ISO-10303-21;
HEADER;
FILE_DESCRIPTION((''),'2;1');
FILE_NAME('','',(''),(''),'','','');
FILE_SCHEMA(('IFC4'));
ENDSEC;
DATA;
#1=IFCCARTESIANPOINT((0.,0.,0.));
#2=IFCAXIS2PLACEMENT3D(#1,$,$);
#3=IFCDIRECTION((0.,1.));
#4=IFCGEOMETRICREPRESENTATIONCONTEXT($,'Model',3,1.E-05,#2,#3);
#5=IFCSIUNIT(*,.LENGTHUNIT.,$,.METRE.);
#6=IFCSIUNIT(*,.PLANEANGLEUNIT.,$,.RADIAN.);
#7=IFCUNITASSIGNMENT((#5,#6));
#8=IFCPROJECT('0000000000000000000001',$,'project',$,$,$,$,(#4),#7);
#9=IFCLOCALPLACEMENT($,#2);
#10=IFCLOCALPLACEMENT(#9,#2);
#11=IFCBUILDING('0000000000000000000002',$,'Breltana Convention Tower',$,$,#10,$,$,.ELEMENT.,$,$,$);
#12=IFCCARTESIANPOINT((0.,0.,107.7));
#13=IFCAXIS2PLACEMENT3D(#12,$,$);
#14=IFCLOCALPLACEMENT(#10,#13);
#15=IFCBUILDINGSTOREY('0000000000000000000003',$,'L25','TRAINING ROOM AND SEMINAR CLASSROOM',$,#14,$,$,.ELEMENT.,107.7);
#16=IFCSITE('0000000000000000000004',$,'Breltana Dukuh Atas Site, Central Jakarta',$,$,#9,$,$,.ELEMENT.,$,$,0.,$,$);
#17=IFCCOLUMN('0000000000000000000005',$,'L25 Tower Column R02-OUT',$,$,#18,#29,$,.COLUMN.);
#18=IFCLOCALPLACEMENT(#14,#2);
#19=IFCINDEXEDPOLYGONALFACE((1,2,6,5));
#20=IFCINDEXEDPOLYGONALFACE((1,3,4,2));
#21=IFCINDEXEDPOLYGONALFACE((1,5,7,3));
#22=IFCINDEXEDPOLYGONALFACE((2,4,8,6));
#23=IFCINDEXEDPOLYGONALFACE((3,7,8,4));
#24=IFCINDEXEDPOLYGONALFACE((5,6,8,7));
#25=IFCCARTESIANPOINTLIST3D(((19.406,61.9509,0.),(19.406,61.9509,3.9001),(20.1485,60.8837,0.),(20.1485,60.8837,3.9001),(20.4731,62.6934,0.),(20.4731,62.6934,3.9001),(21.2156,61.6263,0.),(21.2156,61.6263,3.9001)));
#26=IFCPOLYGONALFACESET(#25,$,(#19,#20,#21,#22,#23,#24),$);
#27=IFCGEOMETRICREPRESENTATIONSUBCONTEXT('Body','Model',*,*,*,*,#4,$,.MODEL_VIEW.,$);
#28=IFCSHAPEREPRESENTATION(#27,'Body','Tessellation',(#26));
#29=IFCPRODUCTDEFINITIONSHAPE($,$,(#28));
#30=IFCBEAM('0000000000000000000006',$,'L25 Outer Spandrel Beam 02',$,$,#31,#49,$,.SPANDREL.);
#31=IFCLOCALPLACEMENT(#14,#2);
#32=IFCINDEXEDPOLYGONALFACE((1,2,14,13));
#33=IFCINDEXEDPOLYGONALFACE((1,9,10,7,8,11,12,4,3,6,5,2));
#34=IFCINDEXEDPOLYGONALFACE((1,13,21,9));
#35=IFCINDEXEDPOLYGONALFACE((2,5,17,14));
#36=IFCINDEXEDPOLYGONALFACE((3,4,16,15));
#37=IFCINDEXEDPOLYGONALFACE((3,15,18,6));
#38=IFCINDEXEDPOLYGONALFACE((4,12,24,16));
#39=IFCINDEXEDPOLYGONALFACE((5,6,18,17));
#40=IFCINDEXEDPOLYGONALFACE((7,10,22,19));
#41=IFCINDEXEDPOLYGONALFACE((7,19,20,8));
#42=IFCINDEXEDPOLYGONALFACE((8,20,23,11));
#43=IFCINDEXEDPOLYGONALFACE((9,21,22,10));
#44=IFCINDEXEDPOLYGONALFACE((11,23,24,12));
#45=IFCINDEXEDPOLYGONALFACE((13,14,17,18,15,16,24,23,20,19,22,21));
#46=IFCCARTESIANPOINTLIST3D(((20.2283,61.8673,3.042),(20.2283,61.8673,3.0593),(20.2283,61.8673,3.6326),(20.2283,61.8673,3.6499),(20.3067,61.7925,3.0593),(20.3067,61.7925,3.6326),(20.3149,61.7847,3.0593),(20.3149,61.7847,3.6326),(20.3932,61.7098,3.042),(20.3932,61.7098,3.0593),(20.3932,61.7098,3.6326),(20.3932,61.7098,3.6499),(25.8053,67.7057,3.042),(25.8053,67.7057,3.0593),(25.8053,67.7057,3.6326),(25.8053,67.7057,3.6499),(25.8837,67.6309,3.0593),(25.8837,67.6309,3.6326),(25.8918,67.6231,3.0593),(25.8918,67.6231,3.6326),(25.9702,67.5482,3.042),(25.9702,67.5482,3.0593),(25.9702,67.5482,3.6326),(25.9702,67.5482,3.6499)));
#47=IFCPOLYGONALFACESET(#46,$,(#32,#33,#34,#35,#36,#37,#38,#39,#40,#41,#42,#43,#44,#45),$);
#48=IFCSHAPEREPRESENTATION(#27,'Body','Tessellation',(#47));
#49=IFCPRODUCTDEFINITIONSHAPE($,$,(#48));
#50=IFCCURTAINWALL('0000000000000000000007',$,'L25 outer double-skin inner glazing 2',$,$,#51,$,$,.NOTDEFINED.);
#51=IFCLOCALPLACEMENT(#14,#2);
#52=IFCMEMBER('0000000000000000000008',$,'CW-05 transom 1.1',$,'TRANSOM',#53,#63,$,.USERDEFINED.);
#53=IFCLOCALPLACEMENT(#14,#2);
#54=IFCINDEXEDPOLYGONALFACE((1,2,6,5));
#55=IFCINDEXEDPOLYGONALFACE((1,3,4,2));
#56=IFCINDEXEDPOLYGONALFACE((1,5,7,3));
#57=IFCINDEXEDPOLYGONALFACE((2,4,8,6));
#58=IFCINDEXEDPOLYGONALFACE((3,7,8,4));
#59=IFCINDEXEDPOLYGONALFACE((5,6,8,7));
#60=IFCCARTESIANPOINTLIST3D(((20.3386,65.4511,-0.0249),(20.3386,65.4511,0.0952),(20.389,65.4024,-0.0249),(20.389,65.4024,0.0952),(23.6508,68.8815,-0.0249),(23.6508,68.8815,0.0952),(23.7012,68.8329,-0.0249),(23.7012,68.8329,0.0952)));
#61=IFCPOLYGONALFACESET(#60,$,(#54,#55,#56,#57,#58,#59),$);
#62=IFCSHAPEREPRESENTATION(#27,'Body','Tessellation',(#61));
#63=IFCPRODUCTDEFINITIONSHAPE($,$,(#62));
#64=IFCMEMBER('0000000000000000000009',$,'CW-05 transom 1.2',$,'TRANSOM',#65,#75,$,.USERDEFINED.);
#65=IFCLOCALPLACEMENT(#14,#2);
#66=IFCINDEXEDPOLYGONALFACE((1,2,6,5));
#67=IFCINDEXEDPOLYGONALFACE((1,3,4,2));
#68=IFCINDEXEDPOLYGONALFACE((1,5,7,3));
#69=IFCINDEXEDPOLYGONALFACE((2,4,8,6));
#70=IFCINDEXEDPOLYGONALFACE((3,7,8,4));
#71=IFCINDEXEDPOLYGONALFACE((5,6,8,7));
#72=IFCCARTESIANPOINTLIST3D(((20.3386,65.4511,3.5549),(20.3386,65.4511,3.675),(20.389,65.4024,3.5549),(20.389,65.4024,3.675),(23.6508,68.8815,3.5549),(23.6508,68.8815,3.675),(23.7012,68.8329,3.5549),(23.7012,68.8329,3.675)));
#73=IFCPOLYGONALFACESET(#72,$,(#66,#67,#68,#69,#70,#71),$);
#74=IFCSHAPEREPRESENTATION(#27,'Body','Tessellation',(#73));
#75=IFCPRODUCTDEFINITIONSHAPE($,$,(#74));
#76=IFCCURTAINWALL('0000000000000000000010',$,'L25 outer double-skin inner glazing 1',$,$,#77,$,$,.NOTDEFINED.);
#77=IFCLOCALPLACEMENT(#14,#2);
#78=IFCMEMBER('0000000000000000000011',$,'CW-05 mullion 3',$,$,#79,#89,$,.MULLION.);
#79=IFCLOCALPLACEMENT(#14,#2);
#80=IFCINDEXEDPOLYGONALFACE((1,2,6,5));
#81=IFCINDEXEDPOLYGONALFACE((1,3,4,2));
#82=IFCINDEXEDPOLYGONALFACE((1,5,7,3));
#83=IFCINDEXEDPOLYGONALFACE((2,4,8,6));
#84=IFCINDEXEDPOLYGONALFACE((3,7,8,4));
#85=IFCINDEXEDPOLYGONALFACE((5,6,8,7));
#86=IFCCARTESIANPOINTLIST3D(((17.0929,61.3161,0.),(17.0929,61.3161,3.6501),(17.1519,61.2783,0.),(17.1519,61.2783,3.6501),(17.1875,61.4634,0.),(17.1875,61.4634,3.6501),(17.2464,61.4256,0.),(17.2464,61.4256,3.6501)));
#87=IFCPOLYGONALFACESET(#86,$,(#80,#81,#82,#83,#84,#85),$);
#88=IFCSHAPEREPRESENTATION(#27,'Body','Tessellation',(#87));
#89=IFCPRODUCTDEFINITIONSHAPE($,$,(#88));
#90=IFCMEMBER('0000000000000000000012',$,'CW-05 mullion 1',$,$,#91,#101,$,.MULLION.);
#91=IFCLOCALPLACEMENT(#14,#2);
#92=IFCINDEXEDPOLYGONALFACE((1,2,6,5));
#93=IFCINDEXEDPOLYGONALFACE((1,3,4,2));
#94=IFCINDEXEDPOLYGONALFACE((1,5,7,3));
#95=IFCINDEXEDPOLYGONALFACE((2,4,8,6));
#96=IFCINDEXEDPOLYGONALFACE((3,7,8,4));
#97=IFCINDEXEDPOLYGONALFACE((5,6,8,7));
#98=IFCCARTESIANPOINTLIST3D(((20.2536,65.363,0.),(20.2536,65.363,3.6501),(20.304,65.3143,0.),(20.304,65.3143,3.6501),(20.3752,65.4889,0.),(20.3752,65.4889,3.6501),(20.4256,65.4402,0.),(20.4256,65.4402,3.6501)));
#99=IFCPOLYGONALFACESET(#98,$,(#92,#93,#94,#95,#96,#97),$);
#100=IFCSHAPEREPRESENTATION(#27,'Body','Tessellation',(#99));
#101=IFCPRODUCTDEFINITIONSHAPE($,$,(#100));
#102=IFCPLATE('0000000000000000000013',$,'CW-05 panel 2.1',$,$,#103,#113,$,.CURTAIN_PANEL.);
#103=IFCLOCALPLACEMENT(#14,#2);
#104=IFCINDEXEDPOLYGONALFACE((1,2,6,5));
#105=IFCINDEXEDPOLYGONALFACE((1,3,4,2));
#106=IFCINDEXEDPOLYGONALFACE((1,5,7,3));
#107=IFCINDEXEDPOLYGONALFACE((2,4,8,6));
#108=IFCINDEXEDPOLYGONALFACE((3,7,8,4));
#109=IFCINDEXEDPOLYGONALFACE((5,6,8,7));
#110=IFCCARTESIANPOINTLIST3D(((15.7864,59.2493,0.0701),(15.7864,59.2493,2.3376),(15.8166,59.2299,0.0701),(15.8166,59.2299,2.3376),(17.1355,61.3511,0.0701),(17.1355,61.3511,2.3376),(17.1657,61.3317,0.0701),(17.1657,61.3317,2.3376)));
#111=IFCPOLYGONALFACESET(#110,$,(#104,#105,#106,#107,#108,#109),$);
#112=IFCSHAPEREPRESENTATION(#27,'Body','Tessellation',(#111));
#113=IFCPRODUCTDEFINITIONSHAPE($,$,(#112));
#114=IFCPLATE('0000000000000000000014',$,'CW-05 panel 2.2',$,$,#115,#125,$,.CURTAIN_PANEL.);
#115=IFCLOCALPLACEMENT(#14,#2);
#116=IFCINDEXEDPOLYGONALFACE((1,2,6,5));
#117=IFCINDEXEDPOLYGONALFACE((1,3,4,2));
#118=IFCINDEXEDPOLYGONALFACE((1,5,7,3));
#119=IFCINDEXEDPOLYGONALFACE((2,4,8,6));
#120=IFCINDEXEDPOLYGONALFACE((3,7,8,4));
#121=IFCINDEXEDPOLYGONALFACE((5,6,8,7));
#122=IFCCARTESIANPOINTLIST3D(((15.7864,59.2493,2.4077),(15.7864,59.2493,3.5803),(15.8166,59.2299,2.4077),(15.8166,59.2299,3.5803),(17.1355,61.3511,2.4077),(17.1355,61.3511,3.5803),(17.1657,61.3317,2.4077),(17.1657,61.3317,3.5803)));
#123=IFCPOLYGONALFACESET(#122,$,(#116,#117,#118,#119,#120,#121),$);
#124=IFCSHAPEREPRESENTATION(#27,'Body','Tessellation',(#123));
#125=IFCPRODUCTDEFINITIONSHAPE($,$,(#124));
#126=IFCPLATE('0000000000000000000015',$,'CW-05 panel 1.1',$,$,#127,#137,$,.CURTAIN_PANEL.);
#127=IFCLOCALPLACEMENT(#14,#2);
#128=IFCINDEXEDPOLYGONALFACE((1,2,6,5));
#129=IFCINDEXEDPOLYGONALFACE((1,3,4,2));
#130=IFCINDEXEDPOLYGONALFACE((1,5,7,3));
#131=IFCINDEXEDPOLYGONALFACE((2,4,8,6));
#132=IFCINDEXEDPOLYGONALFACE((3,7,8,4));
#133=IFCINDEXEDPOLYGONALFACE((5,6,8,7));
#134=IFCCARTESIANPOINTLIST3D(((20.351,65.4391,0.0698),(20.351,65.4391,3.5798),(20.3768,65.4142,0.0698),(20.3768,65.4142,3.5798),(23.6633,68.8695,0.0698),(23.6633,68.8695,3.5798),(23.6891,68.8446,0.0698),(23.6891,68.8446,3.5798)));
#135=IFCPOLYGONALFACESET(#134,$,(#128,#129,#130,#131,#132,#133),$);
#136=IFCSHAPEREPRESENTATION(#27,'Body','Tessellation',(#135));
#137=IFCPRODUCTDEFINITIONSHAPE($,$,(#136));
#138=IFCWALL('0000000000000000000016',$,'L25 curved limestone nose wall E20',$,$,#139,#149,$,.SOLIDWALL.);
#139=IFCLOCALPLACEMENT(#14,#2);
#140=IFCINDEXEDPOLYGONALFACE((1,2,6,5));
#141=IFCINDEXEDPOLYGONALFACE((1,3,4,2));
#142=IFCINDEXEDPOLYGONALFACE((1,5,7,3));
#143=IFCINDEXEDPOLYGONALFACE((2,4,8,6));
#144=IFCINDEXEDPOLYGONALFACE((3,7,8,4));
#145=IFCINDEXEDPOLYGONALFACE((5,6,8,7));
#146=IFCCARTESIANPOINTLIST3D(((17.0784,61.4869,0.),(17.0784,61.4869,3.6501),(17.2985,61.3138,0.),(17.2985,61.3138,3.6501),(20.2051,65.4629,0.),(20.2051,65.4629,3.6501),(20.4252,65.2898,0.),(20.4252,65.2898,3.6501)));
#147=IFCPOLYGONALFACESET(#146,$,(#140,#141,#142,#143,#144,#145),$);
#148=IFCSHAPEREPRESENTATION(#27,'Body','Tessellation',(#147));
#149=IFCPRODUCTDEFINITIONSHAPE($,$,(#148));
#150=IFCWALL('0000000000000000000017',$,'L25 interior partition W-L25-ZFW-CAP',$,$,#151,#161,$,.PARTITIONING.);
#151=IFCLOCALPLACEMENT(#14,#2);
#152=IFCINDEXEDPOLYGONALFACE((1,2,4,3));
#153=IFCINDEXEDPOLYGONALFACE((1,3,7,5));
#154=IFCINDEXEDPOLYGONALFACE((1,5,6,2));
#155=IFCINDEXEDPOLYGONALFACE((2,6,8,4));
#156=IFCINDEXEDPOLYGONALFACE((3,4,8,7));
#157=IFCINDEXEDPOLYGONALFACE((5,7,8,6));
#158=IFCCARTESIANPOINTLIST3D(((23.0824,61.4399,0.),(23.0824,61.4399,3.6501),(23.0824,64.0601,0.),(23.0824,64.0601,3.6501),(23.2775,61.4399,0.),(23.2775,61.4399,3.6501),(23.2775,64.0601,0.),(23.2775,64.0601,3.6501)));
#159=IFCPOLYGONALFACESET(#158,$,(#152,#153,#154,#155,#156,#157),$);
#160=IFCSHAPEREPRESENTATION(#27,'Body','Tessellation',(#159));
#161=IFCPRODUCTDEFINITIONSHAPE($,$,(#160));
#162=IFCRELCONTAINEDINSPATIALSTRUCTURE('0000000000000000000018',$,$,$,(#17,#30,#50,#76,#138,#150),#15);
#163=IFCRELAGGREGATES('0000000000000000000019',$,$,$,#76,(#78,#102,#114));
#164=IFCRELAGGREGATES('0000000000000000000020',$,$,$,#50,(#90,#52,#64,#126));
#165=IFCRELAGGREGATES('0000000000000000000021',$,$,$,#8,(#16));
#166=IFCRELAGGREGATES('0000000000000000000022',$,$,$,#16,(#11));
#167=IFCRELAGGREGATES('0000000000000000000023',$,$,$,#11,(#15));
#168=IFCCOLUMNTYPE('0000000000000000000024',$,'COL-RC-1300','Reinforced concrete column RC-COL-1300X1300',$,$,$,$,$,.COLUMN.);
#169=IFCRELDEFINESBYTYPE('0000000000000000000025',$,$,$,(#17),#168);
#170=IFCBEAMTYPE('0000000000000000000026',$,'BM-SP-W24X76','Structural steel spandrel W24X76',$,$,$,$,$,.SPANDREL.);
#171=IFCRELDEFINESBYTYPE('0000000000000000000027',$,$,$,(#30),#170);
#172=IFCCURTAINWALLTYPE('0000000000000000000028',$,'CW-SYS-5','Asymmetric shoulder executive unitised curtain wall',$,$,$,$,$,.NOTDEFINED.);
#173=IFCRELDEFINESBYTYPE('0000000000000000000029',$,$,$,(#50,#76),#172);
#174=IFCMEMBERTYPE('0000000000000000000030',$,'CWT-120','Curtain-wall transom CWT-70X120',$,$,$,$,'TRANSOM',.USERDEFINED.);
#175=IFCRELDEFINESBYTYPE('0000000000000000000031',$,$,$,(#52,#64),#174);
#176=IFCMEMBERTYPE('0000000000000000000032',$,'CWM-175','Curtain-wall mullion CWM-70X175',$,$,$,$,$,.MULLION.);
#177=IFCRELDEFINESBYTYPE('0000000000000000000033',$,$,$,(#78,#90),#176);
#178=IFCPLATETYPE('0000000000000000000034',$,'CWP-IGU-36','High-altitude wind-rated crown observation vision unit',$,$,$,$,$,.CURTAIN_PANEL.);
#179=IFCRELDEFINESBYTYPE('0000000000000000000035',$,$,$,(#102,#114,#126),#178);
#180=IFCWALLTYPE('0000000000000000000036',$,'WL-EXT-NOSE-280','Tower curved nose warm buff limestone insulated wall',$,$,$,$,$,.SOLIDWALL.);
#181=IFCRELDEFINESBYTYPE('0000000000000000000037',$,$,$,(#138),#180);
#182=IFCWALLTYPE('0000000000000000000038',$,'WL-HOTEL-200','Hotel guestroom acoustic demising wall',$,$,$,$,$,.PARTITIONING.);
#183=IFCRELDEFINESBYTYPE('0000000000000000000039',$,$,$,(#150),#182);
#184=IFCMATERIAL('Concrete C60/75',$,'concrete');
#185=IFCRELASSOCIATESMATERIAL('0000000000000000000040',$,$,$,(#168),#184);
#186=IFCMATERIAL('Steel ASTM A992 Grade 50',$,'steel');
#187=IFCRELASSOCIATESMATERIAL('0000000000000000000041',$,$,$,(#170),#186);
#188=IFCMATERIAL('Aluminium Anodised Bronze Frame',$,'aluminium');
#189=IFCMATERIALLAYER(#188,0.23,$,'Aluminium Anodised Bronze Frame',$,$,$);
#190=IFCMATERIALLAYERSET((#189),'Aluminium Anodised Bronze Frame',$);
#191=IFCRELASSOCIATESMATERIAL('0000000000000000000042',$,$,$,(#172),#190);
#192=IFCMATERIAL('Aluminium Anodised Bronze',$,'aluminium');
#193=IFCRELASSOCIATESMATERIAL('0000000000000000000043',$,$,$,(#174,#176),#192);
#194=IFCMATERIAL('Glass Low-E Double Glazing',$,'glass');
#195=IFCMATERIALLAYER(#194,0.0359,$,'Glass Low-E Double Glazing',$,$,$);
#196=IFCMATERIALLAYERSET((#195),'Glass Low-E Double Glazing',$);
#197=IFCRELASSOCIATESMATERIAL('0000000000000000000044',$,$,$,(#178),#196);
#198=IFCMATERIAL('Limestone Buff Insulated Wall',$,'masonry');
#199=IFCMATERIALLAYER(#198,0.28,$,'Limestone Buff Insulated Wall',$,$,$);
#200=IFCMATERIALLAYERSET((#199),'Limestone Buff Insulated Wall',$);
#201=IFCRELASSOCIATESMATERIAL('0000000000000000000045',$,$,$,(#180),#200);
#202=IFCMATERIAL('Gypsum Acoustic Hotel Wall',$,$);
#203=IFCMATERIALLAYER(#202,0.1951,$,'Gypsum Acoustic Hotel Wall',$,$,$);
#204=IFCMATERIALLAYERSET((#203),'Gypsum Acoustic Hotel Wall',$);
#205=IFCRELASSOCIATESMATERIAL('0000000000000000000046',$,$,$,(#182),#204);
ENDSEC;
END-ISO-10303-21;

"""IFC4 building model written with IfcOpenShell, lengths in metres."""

from ifc_helpers import new_model, si_unit, direction, frame, frame_2d, origin, origin_2d, place, context, subcontext, project, spatial, rectangle, i_section, extrude, source, transform, mapped, material, layer, layer_set, material_profile, profile_set, type_object, element, aggregate, save


model = new_model("IFC4")

# Units and contexts
model_context = context("Model", 3, precision=1e-05, world=origin(), true_north=direction((0.0, 1.0)))
body_context = subcontext(model_context, "Body", "Model", "MODEL_VIEW")
ifc_project = project(units=[si_unit("LENGTHUNIT", "METRE"), si_unit("PLANEANGLEUNIT", "RADIAN")], contexts=[model_context])

# Site, building, storey
site_placement = place(None, origin())
site = spatial("IfcSite", under=ifc_project, at=site_placement, Name="Breltana Dukuh Atas Site, Central Jakarta", CompositionType="ELEMENT", RefElevation=0.0)
building_placement = place(site_placement, origin())
building = spatial("IfcBuilding", under=site, at=building_placement, Name="Breltana Convention Tower", CompositionType="ELEMENT")
storey_placement = place(building_placement, frame((0.0, 0.0, 107.7)))
storey = spatial("IfcBuildingStorey", under=building, at=storey_placement, Name="L25", Description="TRAINING ROOM AND SEMINAR CLASSROOM", CompositionType="ELEMENT", Elevation=107.7)

# Column
ifc_material_1 = material(Name="Concrete C60/75", Category="concrete")
ifc_material_profile_1 = material_profile(ifc_material_1, rectangle(XDim=1.3, YDim=1.3, at=origin_2d()), Name="RC-COL-1300X1300")
ifc_profile_set_1 = profile_set([ifc_material_profile_1], Name="Concrete C60/75")
column_type = type_object("IfcColumnType", Name="COL-RC-1300", Description="Reinforced concrete column RC-COL-1300X1300", PredefinedType="COLUMN", material=ifc_profile_set_1)
shared_shape_1 = source(origin(), body_context, "Body", "SweptSolid", [
    extrude(rectangle(XDim=1.3, YDim=1.3, at=origin_2d()), origin(), (0.0, 0.0, 1.0), 3.9001),
])
column_placement = place(storey_placement, frame((20.3108, 61.7886, 0.0), z_axis=(0.0, 0.0, 1.0), x_axis=(-0.571143, 0.82085, 0.0)))
element("IfcColumn", 1, at=column_placement, inside=storey, type_object=column_type, Name="L25 Tower Column R02-OUT", PredefinedType="COLUMN", context=body_context, shape_type="MappedRepresentation", body=[
    mapped(shared_shape_1, transform((0.0, 0.0, 0.0), scale=1.0)),
])

# Beam
ifc_material_2 = material(Name="Steel ASTM A992 Grade 50", Category="steel")
ifc_material_profile_2 = material_profile(ifc_material_2, i_section(OverallWidth=0.228, OverallDepth=0.6079, WebThickness=0.0112, FlangeThickness=0.0173, at=origin_2d()), Name="W24X76")
ifc_profile_set_2 = profile_set([ifc_material_profile_2], Name="Steel ASTM A992 Grade 50")
beam_type = type_object("IfcBeamType", Name="BM-SP-W24X76", Description="Structural steel spandrel W24X76", PredefinedType="SPANDREL", material=ifc_profile_set_2)
shared_shape_2 = source(origin(), body_context, "Body", "SweptSolid", [
    extrude(i_section(OverallWidth=0.228, OverallDepth=0.6079, WebThickness=0.0112, FlangeThickness=0.0173, at=origin_2d()), origin(), (0.0, 0.0, 1.0), 8.074),
])
beam_placement = place(storey_placement, frame((20.3108, 61.7886, 3.3459), z_axis=(0.690729, 0.723114, 0.0), x_axis=(-0.723114, 0.690729, 0.0)))
element("IfcBeam", 2, at=beam_placement, inside=storey, type_object=beam_type, Name="L25 Outer Spandrel Beam 02", PredefinedType="SPANDREL", context=body_context, shape_type="MappedRepresentation", body=[
    mapped(shared_shape_2, transform((0.0, 0.0, 0.0), scale=1.0)),
])

# Curtain wall, members
ifc_material_3 = material(Name="Aluminium Anodised Bronze Frame", Category="aluminium")
ifc_layer_1 = layer(ifc_material_3, 0.23, Name="Aluminium Anodised Bronze Frame")
ifc_layer_set_1 = layer_set([ifc_layer_1], Name="Aluminium Anodised Bronze Frame")
curtain_wall_type = type_object("IfcCurtainWallType", Name="CW-SYS-5", Description="Asymmetric shoulder executive unitised curtain wall", PredefinedType="NOTDEFINED", material=ifc_layer_set_1)
curtain_wall_1_placement = place(storey_placement, origin())
curtain_wall_1 = element("IfcCurtainWall", 3, at=curtain_wall_1_placement, inside=storey, type_object=curtain_wall_type, Name="L25 outer double-skin inner glazing 2", PredefinedType="NOTDEFINED")
ifc_material_4 = material(Name="Aluminium Anodised Bronze", Category="aluminium")
ifc_material_profile_3 = material_profile(ifc_material_4, rectangle(XDim=0.0701, YDim=0.1201, at=origin_2d()), Name="CWT-70X120")
ifc_profile_set_3 = profile_set([ifc_material_profile_3], Name="Aluminium Anodised Bronze")
member_type_1 = type_object("IfcMemberType", Name="CWT-120", Description="Curtain-wall transom CWT-70X120", ElementType="TRANSOM", PredefinedType="USERDEFINED", material=ifc_profile_set_3)
shared_shape_3 = source(origin(), body_context, "Body", "SweptSolid", [
    extrude(rectangle(XDim=0.0701, YDim=0.1201, at=origin_2d()), origin(), (0.0, 0.0, 1.0), 4.7686),
])
member_1_placement = place(storey_placement, frame((20.3638, 65.4268, 0.0352), z_axis=(0.694608, 0.719388, 0.0), x_axis=(-0.719388, 0.694608, 0.0)))
member_1 = element("IfcMember", 4, at=member_1_placement, type_object=member_type_1, Name="CW-05 transom 1.1", ObjectType="TRANSOM", PredefinedType="USERDEFINED", context=body_context, shape_type="MappedRepresentation", body=[
    mapped(shared_shape_3, transform((0.0, 0.0, 0.0), scale=1.0)),
])
member_2_placement = place(storey_placement, frame((20.3638, 65.4268, 3.615), z_axis=(0.694608, 0.719388, 0.0), x_axis=(-0.719388, 0.694608, 0.0)))
member_2 = element("IfcMember", 5, at=member_2_placement, type_object=member_type_1, Name="CW-05 transom 1.2", ObjectType="TRANSOM", PredefinedType="USERDEFINED", context=body_context, shape_type="MappedRepresentation", body=[
    mapped(shared_shape_3, transform((0.0, 0.0, 0.0), scale=1.0)),
])

# Curtain wall, member
curtain_wall_2_placement = place(storey_placement, origin())
curtain_wall_2 = element("IfcCurtainWall", 6, at=curtain_wall_2_placement, inside=storey, type_object=curtain_wall_type, Name="L25 outer double-skin inner glazing 1", PredefinedType="NOTDEFINED")
ifc_material_profile_4 = material_profile(ifc_material_4, rectangle(XDim=0.0701, YDim=0.175, at=origin_2d()), Name="CWM-70X175")
ifc_profile_set_4 = profile_set([ifc_material_profile_4], Name="Aluminium Anodised Bronze")
member_type_2 = type_object("IfcMemberType", Name="CWM-175", Description="Curtain-wall mullion CWM-70X175", PredefinedType="MULLION", material=ifc_profile_set_4)
shared_shape_4 = source(origin(), body_context, "Body", "SweptSolid", [
    extrude(rectangle(XDim=0.0701, YDim=0.175, at=origin_2d()), origin(), (0.0, 0.0, 1.0), 3.6501),
])
member_3_placement = place(storey_placement, frame((17.1697, 61.3708, 0.0), z_axis=(0.0, 0.0, 1.0), x_axis=(-0.841552, 0.540177, 0.0)))
member_3 = element("IfcMember", 7, at=member_3_placement, type_object=member_type_2, Name="CW-05 mullion 3", PredefinedType="MULLION", context=body_context, shape_type="MappedRepresentation", body=[
    mapped(shared_shape_4, transform((0.0, 0.0, 0.0), scale=1.0)),
])

# Member
member_4_placement = place(storey_placement, frame((20.3396, 65.4016, 0.0), z_axis=(0.0, 0.0, 1.0), x_axis=(-0.719385, 0.694612, 0.0)))
member_4 = element("IfcMember", 8, at=member_4_placement, type_object=member_type_2, Name="CW-05 mullion 1", PredefinedType="MULLION", context=body_context, shape_type="MappedRepresentation", body=[
    mapped(shared_shape_4, transform((0.0, 0.0, 0.0), scale=1.0)),
])

# Plates
ifc_material_5 = material(Name="Glass Low-E Double Glazing", Category="glass")
ifc_layer_2 = layer(ifc_material_5, 0.0359, Name="Glass Low-E Double Glazing")
ifc_layer_set_2 = layer_set([ifc_layer_2], Name="Glass Low-E Double Glazing")
plate_type = type_object("IfcPlateType", Name="CWP-IGU-36", Description="High-altitude wind-rated crown observation vision unit", PredefinedType="CURTAIN_PANEL", material=ifc_layer_set_2)
shared_shape_5 = source(origin(), body_context, "Body", "SweptSolid", [
    extrude(rectangle(XDim=2.4976, YDim=0.0359, at=origin_2d()), origin(), (0.0, 0.0, 1.0), 2.2676),
])
plate_1_placement = place(storey_placement, frame((16.4761, 60.2905, 0.0701), z_axis=(0.0, 0.0, 1.0), x_axis=(0.540177, 0.841552, 0.0)))
plate_1 = element("IfcPlate", 9, at=plate_1_placement, type_object=plate_type, Name="CW-05 panel 2.1", PredefinedType="CURTAIN_PANEL", context=body_context, shape_type="MappedRepresentation", body=[
    mapped(shared_shape_5, transform((0.0, 0.0, 0.0), scale=1.0)),
])
shared_shape_6 = source(origin(), body_context, "Body", "SweptSolid", [
    extrude(rectangle(XDim=2.4976, YDim=0.0359, at=origin_2d()), origin(), (0.0, 0.0, 1.0), 1.1726),
])
plate_2_placement = place(storey_placement, frame((16.4761, 60.2905, 2.4077), z_axis=(0.0, 0.0, 1.0), x_axis=(0.540177, 0.841552, 0.0)))
plate_2 = element("IfcPlate", 10, at=plate_2_placement, type_object=plate_type, Name="CW-05 panel 2.2", PredefinedType="CURTAIN_PANEL", context=body_context, shape_type="MappedRepresentation", body=[
    mapped(shared_shape_6, transform((0.0, 0.0, 0.0), scale=1.0)),
])
aggregate(curtain_wall_2, [member_3, plate_1, plate_2])
shared_shape_7 = source(origin(), body_context, "Body", "SweptSolid", [
    extrude(rectangle(XDim=4.7686, YDim=0.0359, at=origin_2d()), origin(), (0.0, 0.0, 1.0), 3.51),
])
plate_3_placement = place(storey_placement, frame((22.02, 67.1418, 0.0698), z_axis=(0.0, 0.0, 1.0), x_axis=(0.694612, 0.719385, 0.0)))
plate_3 = element("IfcPlate", 11, at=plate_3_placement, type_object=plate_type, Name="CW-05 panel 1.1", PredefinedType="CURTAIN_PANEL", context=body_context, shape_type="MappedRepresentation", body=[
    mapped(shared_shape_7, transform((0.0, 0.0, 0.0), scale=1.0)),
])
aggregate(curtain_wall_1, [member_4, member_1, member_2, plate_3])

# Walls
ifc_material_6 = material(Name="Limestone Buff Insulated Wall", Category="masonry")
ifc_layer_3 = layer(ifc_material_6, 0.28, Name="Limestone Buff Insulated Wall")
ifc_layer_set_3 = layer_set([ifc_layer_3], Name="Limestone Buff Insulated Wall")
wall_type_1 = type_object("IfcWallType", Name="WL-EXT-NOSE-280", Description="Tower curved nose warm buff limestone insulated wall", PredefinedType="SOLIDWALL", material=ifc_layer_set_3)
shared_shape_8 = source(origin(), body_context, "Body", "SweptSolid", [
    extrude(rectangle(XDim=5.0581, YDim=0.28, at=frame_2d((2.5291, 0.0))), origin(), (0.0, 0.0, 1.0), 3.6501),
])
wall_1_placement = place(storey_placement, frame((17.1885, 61.4004, 0.0), z_axis=(0.0, 0.0, 1.0), x_axis=(0.618146, 0.786064, 0.0)))
element("IfcWall", 12, at=wall_1_placement, inside=storey, type_object=wall_type_1, Name="L25 curved limestone nose wall E20", PredefinedType="SOLIDWALL", context=body_context, shape_type="MappedRepresentation", body=[
    mapped(shared_shape_8, transform((0.0, 0.0, 0.0), scale=1.0)),
])
ifc_material_7 = material(Name="Gypsum Acoustic Hotel Wall")
ifc_layer_4 = layer(ifc_material_7, 0.1951, Name="Gypsum Acoustic Hotel Wall")
ifc_layer_set_4 = layer_set([ifc_layer_4], Name="Gypsum Acoustic Hotel Wall")
wall_type_2 = type_object("IfcWallType", Name="WL-HOTEL-200", Description="Hotel guestroom acoustic demising wall", PredefinedType="PARTITIONING", material=ifc_layer_set_4)
shared_shape_9 = source(origin(), body_context, "Body", "SweptSolid", [
    extrude(rectangle(XDim=2.6201, YDim=0.1951, at=frame_2d((1.3101, 0.0))), origin(), (0.0, 0.0, 1.0), 3.6501),
])
wall_2_placement = place(storey_placement, frame((23.1799, 61.4399, 0.0), z_axis=(0.0, 0.0, 1.0), x_axis=(0.0, 1.0, 0.0)))
element("IfcWall", 13, at=wall_2_placement, inside=storey, type_object=wall_type_2, Name="L25 interior partition W-L25-ZFW-CAP", PredefinedType="PARTITIONING", context=body_context, shape_type="MappedRepresentation", body=[
    mapped(shared_shape_9, transform((0.0, 0.0, 0.0), scale=1.0)),
])

save(model, "model.ifc")
